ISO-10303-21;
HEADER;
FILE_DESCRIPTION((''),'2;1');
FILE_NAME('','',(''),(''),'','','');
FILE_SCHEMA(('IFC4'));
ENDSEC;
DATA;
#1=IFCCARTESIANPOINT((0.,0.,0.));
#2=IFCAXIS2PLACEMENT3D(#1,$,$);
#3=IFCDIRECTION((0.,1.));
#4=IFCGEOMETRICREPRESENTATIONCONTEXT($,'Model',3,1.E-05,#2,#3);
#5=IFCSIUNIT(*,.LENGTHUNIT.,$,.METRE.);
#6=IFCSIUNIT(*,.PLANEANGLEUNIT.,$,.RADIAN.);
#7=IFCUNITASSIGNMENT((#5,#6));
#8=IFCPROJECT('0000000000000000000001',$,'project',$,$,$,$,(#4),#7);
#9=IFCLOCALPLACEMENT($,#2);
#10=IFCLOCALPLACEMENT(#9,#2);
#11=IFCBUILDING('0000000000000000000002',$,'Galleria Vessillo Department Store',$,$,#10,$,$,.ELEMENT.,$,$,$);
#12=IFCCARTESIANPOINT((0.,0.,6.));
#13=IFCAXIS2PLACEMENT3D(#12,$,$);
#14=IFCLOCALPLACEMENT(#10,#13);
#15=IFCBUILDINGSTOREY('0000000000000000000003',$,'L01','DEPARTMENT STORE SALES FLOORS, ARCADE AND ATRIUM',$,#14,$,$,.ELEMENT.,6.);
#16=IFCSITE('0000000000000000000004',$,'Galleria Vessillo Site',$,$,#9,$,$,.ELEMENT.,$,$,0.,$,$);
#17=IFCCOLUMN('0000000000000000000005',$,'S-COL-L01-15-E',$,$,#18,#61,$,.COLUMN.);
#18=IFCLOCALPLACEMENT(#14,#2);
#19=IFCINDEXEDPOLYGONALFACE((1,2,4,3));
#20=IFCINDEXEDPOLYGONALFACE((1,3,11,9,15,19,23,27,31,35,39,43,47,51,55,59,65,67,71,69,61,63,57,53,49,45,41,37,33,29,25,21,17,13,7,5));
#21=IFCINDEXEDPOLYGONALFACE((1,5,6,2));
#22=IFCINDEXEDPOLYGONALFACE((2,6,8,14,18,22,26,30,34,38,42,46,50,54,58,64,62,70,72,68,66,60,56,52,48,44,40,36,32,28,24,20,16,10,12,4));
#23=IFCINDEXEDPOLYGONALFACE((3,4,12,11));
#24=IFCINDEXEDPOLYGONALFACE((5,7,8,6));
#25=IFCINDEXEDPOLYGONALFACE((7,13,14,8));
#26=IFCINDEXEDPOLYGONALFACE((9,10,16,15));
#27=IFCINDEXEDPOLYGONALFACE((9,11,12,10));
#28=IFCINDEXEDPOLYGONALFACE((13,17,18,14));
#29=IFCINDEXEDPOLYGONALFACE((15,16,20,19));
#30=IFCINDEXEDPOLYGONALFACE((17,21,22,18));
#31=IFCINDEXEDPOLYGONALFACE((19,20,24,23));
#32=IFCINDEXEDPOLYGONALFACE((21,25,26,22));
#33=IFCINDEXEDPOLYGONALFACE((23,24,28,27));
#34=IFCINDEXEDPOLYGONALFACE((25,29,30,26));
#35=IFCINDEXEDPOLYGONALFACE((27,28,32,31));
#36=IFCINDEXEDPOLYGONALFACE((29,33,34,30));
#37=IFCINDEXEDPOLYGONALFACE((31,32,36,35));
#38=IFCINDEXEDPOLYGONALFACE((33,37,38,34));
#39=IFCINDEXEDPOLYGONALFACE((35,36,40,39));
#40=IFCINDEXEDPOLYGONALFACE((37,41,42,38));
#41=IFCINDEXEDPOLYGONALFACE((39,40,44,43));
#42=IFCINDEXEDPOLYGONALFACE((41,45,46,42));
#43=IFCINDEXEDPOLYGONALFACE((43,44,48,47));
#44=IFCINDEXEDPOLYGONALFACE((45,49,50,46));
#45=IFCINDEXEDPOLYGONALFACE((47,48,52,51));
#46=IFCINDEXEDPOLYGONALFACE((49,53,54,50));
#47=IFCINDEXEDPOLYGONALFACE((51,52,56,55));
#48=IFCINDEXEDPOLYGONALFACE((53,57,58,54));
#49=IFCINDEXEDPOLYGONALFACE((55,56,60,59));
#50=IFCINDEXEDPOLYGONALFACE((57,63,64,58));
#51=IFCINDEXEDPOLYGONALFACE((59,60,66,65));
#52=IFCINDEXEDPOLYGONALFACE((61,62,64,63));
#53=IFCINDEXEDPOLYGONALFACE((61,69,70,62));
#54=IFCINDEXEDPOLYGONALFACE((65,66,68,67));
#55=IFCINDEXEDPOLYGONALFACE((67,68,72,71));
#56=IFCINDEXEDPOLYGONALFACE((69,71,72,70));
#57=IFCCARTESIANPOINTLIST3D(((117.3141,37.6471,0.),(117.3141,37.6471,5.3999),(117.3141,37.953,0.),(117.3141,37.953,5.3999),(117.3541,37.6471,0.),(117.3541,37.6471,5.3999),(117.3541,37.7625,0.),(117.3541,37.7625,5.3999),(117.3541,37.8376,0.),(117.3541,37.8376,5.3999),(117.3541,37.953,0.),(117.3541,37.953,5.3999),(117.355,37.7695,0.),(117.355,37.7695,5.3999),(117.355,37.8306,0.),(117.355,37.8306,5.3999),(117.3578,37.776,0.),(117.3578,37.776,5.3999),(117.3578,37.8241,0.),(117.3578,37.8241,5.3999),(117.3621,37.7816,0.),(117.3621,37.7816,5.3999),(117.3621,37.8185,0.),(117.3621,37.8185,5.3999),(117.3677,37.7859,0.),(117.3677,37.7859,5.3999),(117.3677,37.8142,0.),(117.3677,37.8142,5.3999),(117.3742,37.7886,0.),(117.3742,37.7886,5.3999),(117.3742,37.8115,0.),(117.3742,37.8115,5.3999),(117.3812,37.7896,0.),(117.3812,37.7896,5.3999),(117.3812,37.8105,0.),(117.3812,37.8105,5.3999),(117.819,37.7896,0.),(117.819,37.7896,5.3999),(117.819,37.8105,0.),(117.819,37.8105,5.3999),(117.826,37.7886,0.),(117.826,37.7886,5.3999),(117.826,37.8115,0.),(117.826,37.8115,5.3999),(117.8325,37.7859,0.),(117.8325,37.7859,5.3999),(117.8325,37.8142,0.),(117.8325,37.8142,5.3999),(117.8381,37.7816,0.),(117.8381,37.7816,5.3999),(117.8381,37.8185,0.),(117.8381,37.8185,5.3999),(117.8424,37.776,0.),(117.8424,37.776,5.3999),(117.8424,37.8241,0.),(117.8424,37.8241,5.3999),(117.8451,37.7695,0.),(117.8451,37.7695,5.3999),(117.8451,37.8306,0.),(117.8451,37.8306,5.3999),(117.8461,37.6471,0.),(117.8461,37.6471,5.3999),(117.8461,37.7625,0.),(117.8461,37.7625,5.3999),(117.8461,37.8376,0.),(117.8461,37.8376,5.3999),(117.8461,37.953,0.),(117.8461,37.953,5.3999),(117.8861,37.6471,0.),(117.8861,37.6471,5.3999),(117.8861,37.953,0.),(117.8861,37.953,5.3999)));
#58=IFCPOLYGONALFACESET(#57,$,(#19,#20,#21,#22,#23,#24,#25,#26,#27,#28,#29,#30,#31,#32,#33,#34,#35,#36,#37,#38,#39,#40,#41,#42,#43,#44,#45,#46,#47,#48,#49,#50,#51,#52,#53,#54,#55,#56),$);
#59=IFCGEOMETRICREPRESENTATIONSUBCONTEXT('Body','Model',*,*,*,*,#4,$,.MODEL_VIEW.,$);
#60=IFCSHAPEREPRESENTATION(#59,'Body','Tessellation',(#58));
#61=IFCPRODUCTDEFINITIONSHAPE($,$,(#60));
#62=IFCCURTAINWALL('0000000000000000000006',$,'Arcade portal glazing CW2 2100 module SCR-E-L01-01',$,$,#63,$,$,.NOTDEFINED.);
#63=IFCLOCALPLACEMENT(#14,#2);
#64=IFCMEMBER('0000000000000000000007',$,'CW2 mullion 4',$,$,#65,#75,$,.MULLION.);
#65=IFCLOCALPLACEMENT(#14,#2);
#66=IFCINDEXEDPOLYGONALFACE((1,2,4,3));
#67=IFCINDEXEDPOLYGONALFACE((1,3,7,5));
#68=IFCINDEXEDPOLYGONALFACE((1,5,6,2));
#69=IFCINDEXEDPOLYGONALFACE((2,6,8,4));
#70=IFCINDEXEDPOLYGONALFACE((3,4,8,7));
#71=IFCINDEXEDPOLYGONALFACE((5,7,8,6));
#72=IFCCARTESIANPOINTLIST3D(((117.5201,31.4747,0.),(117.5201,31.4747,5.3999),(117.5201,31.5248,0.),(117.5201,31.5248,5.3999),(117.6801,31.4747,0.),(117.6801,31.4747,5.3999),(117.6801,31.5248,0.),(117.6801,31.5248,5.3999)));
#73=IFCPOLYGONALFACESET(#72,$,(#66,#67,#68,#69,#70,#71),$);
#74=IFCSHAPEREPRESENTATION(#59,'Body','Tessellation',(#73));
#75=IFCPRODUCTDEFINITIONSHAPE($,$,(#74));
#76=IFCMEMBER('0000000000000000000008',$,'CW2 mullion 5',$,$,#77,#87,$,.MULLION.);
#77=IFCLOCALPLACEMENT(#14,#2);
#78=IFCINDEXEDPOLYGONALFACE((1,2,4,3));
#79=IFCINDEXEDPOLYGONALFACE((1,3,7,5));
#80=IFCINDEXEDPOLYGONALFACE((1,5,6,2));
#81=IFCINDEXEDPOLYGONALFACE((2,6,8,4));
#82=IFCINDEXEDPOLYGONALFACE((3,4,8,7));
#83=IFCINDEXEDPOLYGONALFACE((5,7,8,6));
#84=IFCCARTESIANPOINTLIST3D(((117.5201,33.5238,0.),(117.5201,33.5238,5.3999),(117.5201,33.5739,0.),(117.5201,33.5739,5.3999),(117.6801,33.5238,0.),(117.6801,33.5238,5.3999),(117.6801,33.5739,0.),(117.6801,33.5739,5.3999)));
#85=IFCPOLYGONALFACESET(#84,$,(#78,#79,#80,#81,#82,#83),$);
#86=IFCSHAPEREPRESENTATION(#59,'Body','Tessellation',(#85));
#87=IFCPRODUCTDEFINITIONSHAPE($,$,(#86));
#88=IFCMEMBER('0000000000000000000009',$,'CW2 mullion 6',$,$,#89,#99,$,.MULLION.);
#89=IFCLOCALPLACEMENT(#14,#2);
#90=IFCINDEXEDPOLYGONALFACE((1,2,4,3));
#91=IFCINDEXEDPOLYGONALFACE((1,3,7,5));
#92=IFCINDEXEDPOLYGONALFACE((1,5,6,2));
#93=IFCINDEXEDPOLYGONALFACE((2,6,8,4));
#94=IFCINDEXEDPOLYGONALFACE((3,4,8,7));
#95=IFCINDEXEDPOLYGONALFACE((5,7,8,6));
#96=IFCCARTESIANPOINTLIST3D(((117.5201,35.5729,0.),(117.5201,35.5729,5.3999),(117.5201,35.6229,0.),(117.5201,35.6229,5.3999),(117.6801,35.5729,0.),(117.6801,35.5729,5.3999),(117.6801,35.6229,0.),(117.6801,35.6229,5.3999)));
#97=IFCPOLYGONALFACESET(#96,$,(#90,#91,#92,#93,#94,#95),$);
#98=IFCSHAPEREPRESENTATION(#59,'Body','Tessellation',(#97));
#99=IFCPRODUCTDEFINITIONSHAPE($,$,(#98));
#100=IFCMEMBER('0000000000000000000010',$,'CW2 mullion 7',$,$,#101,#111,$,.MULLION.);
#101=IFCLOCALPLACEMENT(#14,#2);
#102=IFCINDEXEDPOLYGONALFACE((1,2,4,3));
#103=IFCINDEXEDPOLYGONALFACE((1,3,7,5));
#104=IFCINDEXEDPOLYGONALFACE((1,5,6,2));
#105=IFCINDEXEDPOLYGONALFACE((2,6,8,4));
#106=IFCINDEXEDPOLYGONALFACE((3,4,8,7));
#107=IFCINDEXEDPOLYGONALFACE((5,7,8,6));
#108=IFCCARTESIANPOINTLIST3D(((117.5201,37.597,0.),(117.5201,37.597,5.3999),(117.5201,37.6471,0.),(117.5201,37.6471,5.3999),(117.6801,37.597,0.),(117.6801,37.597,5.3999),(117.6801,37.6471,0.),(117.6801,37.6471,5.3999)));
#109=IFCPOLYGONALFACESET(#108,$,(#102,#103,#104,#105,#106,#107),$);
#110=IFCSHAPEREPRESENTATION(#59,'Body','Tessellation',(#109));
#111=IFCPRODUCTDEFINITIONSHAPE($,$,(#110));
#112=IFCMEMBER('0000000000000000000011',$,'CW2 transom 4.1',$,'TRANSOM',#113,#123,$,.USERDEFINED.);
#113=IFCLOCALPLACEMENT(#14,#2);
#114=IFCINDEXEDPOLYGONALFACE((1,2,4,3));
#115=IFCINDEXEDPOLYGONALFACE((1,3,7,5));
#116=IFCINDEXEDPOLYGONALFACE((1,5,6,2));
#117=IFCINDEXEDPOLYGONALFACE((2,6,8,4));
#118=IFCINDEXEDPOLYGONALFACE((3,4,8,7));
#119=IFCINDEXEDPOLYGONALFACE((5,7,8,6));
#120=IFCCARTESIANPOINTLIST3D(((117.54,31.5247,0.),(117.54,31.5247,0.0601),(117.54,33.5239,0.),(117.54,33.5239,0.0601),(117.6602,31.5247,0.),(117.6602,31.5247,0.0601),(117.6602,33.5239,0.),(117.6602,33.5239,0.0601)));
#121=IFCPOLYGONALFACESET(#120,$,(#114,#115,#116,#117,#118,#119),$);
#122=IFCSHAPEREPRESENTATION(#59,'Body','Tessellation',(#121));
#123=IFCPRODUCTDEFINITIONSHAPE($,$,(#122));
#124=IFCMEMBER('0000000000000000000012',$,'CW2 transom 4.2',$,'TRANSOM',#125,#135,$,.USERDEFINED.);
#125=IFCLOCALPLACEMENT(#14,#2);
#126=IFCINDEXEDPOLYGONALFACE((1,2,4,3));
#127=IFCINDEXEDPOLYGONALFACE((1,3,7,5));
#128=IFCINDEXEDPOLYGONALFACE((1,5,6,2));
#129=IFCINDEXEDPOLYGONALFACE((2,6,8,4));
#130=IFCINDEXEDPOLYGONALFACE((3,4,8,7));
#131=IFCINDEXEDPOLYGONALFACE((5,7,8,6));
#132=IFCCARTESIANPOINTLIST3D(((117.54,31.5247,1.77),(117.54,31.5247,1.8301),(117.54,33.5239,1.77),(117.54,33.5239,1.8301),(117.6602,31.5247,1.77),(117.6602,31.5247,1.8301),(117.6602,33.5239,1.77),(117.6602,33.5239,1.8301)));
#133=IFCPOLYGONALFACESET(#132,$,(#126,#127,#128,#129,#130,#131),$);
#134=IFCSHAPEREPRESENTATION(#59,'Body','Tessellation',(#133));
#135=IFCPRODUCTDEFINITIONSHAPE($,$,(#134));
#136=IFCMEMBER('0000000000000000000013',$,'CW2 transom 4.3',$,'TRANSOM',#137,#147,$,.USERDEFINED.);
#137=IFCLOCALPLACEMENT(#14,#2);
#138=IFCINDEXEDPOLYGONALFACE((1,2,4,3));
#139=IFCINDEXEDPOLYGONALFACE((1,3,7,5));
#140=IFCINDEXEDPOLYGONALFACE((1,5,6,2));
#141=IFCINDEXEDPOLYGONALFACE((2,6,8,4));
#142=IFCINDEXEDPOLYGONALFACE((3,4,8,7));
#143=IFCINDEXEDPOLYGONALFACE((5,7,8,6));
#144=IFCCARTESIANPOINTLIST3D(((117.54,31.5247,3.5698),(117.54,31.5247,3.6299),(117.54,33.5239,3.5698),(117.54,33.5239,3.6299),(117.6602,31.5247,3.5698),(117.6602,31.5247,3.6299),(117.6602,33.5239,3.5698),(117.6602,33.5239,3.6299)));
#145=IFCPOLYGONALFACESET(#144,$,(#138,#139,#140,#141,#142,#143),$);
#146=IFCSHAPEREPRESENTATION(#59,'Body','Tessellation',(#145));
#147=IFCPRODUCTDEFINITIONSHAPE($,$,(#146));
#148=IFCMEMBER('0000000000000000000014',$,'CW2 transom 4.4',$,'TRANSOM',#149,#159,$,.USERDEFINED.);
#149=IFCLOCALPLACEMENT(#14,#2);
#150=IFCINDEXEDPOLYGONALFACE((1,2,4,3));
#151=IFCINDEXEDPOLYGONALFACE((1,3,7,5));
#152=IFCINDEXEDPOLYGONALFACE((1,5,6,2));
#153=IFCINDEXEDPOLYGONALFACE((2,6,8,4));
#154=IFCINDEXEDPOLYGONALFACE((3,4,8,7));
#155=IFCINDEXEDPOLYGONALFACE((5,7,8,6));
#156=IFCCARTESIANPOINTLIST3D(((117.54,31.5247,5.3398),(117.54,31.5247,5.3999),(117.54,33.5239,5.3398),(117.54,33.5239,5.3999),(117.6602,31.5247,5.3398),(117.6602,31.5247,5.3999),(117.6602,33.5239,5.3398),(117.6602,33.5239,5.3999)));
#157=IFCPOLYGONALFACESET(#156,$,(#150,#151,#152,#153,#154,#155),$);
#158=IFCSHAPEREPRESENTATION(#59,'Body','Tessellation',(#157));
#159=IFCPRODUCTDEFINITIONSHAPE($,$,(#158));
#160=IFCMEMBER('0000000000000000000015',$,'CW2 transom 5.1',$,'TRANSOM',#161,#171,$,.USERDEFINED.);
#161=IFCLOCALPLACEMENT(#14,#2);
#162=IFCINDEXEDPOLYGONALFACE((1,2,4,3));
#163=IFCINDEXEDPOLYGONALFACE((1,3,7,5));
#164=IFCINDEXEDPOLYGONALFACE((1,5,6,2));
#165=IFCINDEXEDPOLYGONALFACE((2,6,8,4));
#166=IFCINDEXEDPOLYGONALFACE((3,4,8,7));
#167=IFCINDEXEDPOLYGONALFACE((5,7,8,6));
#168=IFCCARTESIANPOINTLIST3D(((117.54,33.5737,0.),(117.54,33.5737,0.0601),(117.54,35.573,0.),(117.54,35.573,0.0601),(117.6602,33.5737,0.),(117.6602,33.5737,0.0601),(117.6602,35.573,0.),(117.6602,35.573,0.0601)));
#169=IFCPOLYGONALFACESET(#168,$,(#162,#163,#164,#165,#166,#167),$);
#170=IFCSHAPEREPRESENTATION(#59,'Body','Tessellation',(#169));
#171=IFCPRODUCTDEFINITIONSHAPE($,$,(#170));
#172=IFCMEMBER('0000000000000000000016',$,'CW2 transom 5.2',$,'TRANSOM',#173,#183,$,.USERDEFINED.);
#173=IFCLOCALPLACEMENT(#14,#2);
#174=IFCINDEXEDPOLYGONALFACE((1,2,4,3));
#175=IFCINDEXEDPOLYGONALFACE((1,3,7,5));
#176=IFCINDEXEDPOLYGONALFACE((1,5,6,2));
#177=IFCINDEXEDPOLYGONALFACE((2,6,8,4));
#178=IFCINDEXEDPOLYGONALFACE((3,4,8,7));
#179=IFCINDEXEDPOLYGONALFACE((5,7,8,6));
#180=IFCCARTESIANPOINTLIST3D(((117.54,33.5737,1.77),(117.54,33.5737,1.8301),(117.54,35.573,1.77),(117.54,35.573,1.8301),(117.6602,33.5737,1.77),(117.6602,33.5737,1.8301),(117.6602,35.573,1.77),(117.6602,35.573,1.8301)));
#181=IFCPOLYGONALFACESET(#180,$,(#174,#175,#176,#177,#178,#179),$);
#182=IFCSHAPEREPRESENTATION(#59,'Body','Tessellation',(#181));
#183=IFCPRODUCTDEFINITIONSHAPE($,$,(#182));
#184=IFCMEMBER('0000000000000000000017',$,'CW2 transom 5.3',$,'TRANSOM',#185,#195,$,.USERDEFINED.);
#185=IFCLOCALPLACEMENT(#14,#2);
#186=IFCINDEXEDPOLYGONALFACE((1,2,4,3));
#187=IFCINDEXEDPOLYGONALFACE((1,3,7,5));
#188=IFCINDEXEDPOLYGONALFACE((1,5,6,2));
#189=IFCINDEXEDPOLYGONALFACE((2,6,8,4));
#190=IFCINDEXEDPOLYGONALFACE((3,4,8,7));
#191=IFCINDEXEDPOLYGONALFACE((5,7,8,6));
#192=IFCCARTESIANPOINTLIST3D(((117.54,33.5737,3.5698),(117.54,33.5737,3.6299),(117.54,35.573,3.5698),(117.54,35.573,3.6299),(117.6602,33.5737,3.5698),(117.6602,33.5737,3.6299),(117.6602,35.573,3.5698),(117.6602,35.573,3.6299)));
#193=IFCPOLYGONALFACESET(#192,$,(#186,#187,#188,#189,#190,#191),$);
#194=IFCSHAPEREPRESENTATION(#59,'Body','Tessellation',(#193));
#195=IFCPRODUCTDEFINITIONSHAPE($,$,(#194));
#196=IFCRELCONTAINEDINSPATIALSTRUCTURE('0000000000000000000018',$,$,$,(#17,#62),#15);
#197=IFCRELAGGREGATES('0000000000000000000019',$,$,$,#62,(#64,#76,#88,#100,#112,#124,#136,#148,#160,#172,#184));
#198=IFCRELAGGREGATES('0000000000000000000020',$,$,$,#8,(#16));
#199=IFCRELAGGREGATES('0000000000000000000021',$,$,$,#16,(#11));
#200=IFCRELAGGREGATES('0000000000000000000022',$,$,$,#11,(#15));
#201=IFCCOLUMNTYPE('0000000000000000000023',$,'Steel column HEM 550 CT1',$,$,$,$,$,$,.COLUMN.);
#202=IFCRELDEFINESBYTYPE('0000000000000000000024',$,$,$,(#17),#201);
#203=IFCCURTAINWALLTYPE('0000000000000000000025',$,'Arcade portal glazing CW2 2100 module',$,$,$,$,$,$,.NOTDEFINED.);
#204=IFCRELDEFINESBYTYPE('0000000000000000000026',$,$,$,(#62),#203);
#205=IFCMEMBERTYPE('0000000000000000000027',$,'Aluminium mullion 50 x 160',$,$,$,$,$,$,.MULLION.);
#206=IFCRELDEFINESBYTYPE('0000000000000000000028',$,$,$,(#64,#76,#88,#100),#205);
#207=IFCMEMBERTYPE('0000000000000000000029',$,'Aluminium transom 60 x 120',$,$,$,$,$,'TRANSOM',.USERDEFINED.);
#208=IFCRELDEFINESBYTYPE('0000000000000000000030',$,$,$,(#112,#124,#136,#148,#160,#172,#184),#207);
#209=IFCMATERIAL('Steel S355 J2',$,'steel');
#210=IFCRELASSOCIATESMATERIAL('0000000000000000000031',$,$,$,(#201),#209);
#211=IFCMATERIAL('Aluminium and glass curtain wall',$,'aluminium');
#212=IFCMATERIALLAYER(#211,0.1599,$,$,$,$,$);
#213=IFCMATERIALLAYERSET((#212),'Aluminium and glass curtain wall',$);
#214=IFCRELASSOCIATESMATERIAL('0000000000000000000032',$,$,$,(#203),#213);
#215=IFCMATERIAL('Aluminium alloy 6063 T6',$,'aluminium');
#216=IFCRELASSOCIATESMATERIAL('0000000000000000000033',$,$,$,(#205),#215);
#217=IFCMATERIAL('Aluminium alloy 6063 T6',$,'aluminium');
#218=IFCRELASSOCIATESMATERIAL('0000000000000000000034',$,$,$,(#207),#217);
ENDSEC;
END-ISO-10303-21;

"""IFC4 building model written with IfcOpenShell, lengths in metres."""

from ifc_helpers import new_model, si_unit, direction, frame, origin, origin_2d, place, context, subcontext, project, spatial, rectangle, i_section, extrude, material, layer, layer_set, material_profile, profile_set, type_object, element, aggregate, save


model = new_model("IFC4")

# Units and contexts
model_context = context("Model", 3, precision=1e-05, world=origin(), true_north=direction((0.0, 1.0)))
body_context = subcontext(model_context, "Body", "Model", "MODEL_VIEW")
ifc_project = project(units=[si_unit("LENGTHUNIT", "METRE"), si_unit("PLANEANGLEUNIT", "RADIAN")], contexts=[model_context])

# Site, building, storey
site_placement = place(None, origin())
site = spatial("IfcSite", under=ifc_project, at=site_placement, Name="Galleria Vessillo Site", CompositionType="ELEMENT", RefElevation=0.0)
building_placement = place(site_placement, origin())
building = spatial("IfcBuilding", under=site, at=building_placement, Name="Galleria Vessillo Department Store", CompositionType="ELEMENT")
storey_placement = place(building_placement, frame((0.0, 0.0, 6.0)))
storey = spatial("IfcBuildingStorey", under=building, at=storey_placement, Name="L01", Description="DEPARTMENT STORE SALES FLOORS, ARCADE AND ATRIUM", CompositionType="ELEMENT", Elevation=6.0)

# Column
ifc_material_1 = material(Name="Steel S355 J2", Category="steel")
ifc_material_profile_1 = material_profile(ifc_material_1, i_section(OverallWidth=0.3059, OverallDepth=0.572, WebThickness=0.021, FlangeThickness=0.04, FilletRadius=0.0271, at=origin_2d()), Name="HEM 550")
ifc_profile_set_1 = profile_set([ifc_material_profile_1], Name="Steel S355 J2")
column_type = type_object("IfcColumnType", Name="Steel column HEM 550 CT1", PredefinedType="COLUMN", material=ifc_profile_set_1)
column_placement = place(storey_placement, frame((117.6001, 37.8, 0.0), z_axis=(0.0, 0.0, 1.0), x_axis=(0.0, 1.0, 0.0)))
element("IfcColumn", 1, at=column_placement, inside=storey, type_object=column_type, Name="S-COL-L01-15-E", PredefinedType="COLUMN", context=body_context, shape_type="SweptSolid", body=[
    extrude(i_section(OverallWidth=0.3059, OverallDepth=0.572, WebThickness=0.021, FlangeThickness=0.04, FilletRadius=0.0271, at=origin_2d()), origin(), (0.0, 0.0, 1.0), 5.3999),
])

# Curtain wall, members
ifc_material_2 = material(Name="Aluminium and glass curtain wall", Category="aluminium")
ifc_layer_1 = layer(ifc_material_2, 0.1599)
ifc_layer_set_1 = layer_set([ifc_layer_1], Name="Aluminium and glass curtain wall")
curtain_wall_type = type_object("IfcCurtainWallType", Name="Arcade portal glazing CW2 2100 module", PredefinedType="NOTDEFINED", material=ifc_layer_set_1)
curtain_wall_placement = place(storey_placement, origin())
curtain_wall = element("IfcCurtainWall", 2, at=curtain_wall_placement, inside=storey, type_object=curtain_wall_type, Name="Arcade portal glazing CW2 2100 module SCR-E-L01-01", PredefinedType="NOTDEFINED")
ifc_material_3 = material(Name="Aluminium alloy 6063 T6", Category="aluminium")
ifc_material_profile_2 = material_profile(ifc_material_3, rectangle(XDim=0.1599, YDim=0.05, at=origin_2d()), Name="AL 50x160")
ifc_profile_set_2 = profile_set([ifc_material_profile_2], Name="Aluminium alloy 6063 T6")
member_type_1 = type_object("IfcMemberType", Name="Aluminium mullion 50 x 160", PredefinedType="MULLION", material=ifc_profile_set_2)
member_1_placement = place(storey_placement, frame((117.6001, 31.4998, 0.0), z_axis=(0.0, 0.0, 1.0), x_axis=(-1.0, 0.0, 0.0)))
member_1 = element("IfcMember", 3, at=member_1_placement, type_object=member_type_1, Name="CW2 mullion 4", PredefinedType="MULLION", context=body_context, shape_type="SweptSolid", body=[
    extrude(rectangle(XDim=0.1599, YDim=0.05, at=origin_2d()), origin(), (0.0, 0.0, 1.0), 5.3999),
])
member_2_placement = place(storey_placement, frame((117.6001, 33.5488, 0.0), z_axis=(0.0, 0.0, 1.0), x_axis=(-1.0, 0.0, 0.0)))
member_2 = element("IfcMember", 4, at=member_2_placement, type_object=member_type_1, Name="CW2 mullion 5", PredefinedType="MULLION", context=body_context, shape_type="SweptSolid", body=[
    extrude(rectangle(XDim=0.1599, YDim=0.05, at=origin_2d()), origin(), (0.0, 0.0, 1.0), 5.3999),
])
member_3_placement = place(storey_placement, frame((117.6001, 35.5979, 0.0), z_axis=(0.0, 0.0, 1.0), x_axis=(-1.0, 0.0, 0.0)))
member_3 = element("IfcMember", 5, at=member_3_placement, type_object=member_type_1, Name="CW2 mullion 6", PredefinedType="MULLION", context=body_context, shape_type="SweptSolid", body=[
    extrude(rectangle(XDim=0.1599, YDim=0.05, at=origin_2d()), origin(), (0.0, 0.0, 1.0), 5.3999),
])
member_4_placement = place(storey_placement, frame((117.6001, 37.6221, 0.0), z_axis=(0.0, 0.0, 1.0), x_axis=(-1.0, 0.0, 0.0)))
member_4 = element("IfcMember", 6, at=member_4_placement, type_object=member_type_1, Name="CW2 mullion 7", PredefinedType="MULLION", context=body_context, shape_type="SweptSolid", body=[
    extrude(rectangle(XDim=0.1599, YDim=0.05, at=origin_2d()), origin(), (0.0, 0.0, 1.0), 5.3999),
])
ifc_material_4 = material(Name="Aluminium alloy 6063 T6", Category="aluminium")
ifc_material_profile_3 = material_profile(ifc_material_4, rectangle(XDim=0.1201, YDim=0.0601, at=origin_2d()), Name="AL 60x120")
ifc_profile_set_3 = profile_set([ifc_material_profile_3], Name="Aluminium alloy 6063 T6")
member_type_2 = type_object("IfcMemberType", Name="Aluminium transom 60 x 120", ElementType="TRANSOM", PredefinedType="USERDEFINED", material=ifc_profile_set_3)
member_5_placement = place(storey_placement, frame((117.6001, 31.5247, 0.03), z_axis=(0.0, 1.0, 0.0), x_axis=(-1.0, 0.0, 0.0)))
member_5 = element("IfcMember", 7, at=member_5_placement, type_object=member_type_2, Name="CW2 transom 4.1", ObjectType="TRANSOM", PredefinedType="USERDEFINED", context=body_context, shape_type="SweptSolid", body=[
    extrude(rectangle(XDim=0.1201, YDim=0.0601, at=origin_2d()), origin(), (0.0, 0.0, 1.0), 1.9993),
])
member_6_placement = place(storey_placement, frame((117.6001, 31.5247, 1.8), z_axis=(0.0, 1.0, 0.0), x_axis=(-1.0, 0.0, 0.0)))
member_6 = element("IfcMember", 8, at=member_6_placement, type_object=member_type_2, Name="CW2 transom 4.2", ObjectType="TRANSOM", PredefinedType="USERDEFINED", context=body_context, shape_type="SweptSolid", body=[
    extrude(rectangle(XDim=0.1201, YDim=0.0601, at=origin_2d()), origin(), (0.0, 0.0, 1.0), 1.9993),
])
member_7_placement = place(storey_placement, frame((117.6001, 31.5247, 3.5999), z_axis=(0.0, 1.0, 0.0), x_axis=(-1.0, 0.0, 0.0)))
member_7 = element("IfcMember", 9, at=member_7_placement, type_object=member_type_2, Name="CW2 transom 4.3", ObjectType="TRANSOM", PredefinedType="USERDEFINED", context=body_context, shape_type="SweptSolid", body=[
    extrude(rectangle(XDim=0.1201, YDim=0.0601, at=origin_2d()), origin(), (0.0, 0.0, 1.0), 1.9993),
])
member_8_placement = place(storey_placement, frame((117.6001, 31.5247, 5.3699), z_axis=(0.0, 1.0, 0.0), x_axis=(-1.0, 0.0, 0.0)))
member_8 = element("IfcMember", 10, at=member_8_placement, type_object=member_type_2, Name="CW2 transom 4.4", ObjectType="TRANSOM", PredefinedType="USERDEFINED", context=body_context, shape_type="SweptSolid", body=[
    extrude(rectangle(XDim=0.1201, YDim=0.0601, at=origin_2d()), origin(), (0.0, 0.0, 1.0), 1.9993),
])
member_9_placement = place(storey_placement, frame((117.6001, 33.5737, 0.03), z_axis=(0.0, 1.0, 0.0), x_axis=(-1.0, 0.0, 0.0)))
member_9 = element("IfcMember", 11, at=member_9_placement, type_object=member_type_2, Name="CW2 transom 5.1", ObjectType="TRANSOM", PredefinedType="USERDEFINED", context=body_context, shape_type="SweptSolid", body=[
    extrude(rectangle(XDim=0.1201, YDim=0.0601, at=origin_2d()), origin(), (0.0, 0.0, 1.0), 1.9993),
])
member_10_placement = place(storey_placement, frame((117.6001, 33.5737, 1.8), z_axis=(0.0, 1.0, 0.0), x_axis=(-1.0, 0.0, 0.0)))
member_10 = element("IfcMember", 12, at=member_10_placement, type_object=member_type_2, Name="CW2 transom 5.2", ObjectType="TRANSOM", PredefinedType="USERDEFINED", context=body_context, shape_type="SweptSolid", body=[
    extrude(rectangle(XDim=0.1201, YDim=0.0601, at=origin_2d()), origin(), (0.0, 0.0, 1.0), 1.9993),
])
member_11_placement = place(storey_placement, frame((117.6001, 33.5737, 3.5999), z_axis=(0.0, 1.0, 0.0), x_axis=(-1.0, 0.0, 0.0)))
member_11 = element("IfcMember", 13, at=member_11_placement, type_object=member_type_2, Name="CW2 transom 5.3", ObjectType="TRANSOM", PredefinedType="USERDEFINED", context=body_context, shape_type="SweptSolid", body=[
    extrude(rectangle(XDim=0.1201, YDim=0.0601, at=origin_2d()), origin(), (0.0, 0.0, 1.0), 1.9993),
])
aggregate(curtain_wall, [member_1, member_2, member_3, member_4, member_5, member_6, member_7, member_8, member_9, member_10, member_11])

save(model, "model.ifc")
